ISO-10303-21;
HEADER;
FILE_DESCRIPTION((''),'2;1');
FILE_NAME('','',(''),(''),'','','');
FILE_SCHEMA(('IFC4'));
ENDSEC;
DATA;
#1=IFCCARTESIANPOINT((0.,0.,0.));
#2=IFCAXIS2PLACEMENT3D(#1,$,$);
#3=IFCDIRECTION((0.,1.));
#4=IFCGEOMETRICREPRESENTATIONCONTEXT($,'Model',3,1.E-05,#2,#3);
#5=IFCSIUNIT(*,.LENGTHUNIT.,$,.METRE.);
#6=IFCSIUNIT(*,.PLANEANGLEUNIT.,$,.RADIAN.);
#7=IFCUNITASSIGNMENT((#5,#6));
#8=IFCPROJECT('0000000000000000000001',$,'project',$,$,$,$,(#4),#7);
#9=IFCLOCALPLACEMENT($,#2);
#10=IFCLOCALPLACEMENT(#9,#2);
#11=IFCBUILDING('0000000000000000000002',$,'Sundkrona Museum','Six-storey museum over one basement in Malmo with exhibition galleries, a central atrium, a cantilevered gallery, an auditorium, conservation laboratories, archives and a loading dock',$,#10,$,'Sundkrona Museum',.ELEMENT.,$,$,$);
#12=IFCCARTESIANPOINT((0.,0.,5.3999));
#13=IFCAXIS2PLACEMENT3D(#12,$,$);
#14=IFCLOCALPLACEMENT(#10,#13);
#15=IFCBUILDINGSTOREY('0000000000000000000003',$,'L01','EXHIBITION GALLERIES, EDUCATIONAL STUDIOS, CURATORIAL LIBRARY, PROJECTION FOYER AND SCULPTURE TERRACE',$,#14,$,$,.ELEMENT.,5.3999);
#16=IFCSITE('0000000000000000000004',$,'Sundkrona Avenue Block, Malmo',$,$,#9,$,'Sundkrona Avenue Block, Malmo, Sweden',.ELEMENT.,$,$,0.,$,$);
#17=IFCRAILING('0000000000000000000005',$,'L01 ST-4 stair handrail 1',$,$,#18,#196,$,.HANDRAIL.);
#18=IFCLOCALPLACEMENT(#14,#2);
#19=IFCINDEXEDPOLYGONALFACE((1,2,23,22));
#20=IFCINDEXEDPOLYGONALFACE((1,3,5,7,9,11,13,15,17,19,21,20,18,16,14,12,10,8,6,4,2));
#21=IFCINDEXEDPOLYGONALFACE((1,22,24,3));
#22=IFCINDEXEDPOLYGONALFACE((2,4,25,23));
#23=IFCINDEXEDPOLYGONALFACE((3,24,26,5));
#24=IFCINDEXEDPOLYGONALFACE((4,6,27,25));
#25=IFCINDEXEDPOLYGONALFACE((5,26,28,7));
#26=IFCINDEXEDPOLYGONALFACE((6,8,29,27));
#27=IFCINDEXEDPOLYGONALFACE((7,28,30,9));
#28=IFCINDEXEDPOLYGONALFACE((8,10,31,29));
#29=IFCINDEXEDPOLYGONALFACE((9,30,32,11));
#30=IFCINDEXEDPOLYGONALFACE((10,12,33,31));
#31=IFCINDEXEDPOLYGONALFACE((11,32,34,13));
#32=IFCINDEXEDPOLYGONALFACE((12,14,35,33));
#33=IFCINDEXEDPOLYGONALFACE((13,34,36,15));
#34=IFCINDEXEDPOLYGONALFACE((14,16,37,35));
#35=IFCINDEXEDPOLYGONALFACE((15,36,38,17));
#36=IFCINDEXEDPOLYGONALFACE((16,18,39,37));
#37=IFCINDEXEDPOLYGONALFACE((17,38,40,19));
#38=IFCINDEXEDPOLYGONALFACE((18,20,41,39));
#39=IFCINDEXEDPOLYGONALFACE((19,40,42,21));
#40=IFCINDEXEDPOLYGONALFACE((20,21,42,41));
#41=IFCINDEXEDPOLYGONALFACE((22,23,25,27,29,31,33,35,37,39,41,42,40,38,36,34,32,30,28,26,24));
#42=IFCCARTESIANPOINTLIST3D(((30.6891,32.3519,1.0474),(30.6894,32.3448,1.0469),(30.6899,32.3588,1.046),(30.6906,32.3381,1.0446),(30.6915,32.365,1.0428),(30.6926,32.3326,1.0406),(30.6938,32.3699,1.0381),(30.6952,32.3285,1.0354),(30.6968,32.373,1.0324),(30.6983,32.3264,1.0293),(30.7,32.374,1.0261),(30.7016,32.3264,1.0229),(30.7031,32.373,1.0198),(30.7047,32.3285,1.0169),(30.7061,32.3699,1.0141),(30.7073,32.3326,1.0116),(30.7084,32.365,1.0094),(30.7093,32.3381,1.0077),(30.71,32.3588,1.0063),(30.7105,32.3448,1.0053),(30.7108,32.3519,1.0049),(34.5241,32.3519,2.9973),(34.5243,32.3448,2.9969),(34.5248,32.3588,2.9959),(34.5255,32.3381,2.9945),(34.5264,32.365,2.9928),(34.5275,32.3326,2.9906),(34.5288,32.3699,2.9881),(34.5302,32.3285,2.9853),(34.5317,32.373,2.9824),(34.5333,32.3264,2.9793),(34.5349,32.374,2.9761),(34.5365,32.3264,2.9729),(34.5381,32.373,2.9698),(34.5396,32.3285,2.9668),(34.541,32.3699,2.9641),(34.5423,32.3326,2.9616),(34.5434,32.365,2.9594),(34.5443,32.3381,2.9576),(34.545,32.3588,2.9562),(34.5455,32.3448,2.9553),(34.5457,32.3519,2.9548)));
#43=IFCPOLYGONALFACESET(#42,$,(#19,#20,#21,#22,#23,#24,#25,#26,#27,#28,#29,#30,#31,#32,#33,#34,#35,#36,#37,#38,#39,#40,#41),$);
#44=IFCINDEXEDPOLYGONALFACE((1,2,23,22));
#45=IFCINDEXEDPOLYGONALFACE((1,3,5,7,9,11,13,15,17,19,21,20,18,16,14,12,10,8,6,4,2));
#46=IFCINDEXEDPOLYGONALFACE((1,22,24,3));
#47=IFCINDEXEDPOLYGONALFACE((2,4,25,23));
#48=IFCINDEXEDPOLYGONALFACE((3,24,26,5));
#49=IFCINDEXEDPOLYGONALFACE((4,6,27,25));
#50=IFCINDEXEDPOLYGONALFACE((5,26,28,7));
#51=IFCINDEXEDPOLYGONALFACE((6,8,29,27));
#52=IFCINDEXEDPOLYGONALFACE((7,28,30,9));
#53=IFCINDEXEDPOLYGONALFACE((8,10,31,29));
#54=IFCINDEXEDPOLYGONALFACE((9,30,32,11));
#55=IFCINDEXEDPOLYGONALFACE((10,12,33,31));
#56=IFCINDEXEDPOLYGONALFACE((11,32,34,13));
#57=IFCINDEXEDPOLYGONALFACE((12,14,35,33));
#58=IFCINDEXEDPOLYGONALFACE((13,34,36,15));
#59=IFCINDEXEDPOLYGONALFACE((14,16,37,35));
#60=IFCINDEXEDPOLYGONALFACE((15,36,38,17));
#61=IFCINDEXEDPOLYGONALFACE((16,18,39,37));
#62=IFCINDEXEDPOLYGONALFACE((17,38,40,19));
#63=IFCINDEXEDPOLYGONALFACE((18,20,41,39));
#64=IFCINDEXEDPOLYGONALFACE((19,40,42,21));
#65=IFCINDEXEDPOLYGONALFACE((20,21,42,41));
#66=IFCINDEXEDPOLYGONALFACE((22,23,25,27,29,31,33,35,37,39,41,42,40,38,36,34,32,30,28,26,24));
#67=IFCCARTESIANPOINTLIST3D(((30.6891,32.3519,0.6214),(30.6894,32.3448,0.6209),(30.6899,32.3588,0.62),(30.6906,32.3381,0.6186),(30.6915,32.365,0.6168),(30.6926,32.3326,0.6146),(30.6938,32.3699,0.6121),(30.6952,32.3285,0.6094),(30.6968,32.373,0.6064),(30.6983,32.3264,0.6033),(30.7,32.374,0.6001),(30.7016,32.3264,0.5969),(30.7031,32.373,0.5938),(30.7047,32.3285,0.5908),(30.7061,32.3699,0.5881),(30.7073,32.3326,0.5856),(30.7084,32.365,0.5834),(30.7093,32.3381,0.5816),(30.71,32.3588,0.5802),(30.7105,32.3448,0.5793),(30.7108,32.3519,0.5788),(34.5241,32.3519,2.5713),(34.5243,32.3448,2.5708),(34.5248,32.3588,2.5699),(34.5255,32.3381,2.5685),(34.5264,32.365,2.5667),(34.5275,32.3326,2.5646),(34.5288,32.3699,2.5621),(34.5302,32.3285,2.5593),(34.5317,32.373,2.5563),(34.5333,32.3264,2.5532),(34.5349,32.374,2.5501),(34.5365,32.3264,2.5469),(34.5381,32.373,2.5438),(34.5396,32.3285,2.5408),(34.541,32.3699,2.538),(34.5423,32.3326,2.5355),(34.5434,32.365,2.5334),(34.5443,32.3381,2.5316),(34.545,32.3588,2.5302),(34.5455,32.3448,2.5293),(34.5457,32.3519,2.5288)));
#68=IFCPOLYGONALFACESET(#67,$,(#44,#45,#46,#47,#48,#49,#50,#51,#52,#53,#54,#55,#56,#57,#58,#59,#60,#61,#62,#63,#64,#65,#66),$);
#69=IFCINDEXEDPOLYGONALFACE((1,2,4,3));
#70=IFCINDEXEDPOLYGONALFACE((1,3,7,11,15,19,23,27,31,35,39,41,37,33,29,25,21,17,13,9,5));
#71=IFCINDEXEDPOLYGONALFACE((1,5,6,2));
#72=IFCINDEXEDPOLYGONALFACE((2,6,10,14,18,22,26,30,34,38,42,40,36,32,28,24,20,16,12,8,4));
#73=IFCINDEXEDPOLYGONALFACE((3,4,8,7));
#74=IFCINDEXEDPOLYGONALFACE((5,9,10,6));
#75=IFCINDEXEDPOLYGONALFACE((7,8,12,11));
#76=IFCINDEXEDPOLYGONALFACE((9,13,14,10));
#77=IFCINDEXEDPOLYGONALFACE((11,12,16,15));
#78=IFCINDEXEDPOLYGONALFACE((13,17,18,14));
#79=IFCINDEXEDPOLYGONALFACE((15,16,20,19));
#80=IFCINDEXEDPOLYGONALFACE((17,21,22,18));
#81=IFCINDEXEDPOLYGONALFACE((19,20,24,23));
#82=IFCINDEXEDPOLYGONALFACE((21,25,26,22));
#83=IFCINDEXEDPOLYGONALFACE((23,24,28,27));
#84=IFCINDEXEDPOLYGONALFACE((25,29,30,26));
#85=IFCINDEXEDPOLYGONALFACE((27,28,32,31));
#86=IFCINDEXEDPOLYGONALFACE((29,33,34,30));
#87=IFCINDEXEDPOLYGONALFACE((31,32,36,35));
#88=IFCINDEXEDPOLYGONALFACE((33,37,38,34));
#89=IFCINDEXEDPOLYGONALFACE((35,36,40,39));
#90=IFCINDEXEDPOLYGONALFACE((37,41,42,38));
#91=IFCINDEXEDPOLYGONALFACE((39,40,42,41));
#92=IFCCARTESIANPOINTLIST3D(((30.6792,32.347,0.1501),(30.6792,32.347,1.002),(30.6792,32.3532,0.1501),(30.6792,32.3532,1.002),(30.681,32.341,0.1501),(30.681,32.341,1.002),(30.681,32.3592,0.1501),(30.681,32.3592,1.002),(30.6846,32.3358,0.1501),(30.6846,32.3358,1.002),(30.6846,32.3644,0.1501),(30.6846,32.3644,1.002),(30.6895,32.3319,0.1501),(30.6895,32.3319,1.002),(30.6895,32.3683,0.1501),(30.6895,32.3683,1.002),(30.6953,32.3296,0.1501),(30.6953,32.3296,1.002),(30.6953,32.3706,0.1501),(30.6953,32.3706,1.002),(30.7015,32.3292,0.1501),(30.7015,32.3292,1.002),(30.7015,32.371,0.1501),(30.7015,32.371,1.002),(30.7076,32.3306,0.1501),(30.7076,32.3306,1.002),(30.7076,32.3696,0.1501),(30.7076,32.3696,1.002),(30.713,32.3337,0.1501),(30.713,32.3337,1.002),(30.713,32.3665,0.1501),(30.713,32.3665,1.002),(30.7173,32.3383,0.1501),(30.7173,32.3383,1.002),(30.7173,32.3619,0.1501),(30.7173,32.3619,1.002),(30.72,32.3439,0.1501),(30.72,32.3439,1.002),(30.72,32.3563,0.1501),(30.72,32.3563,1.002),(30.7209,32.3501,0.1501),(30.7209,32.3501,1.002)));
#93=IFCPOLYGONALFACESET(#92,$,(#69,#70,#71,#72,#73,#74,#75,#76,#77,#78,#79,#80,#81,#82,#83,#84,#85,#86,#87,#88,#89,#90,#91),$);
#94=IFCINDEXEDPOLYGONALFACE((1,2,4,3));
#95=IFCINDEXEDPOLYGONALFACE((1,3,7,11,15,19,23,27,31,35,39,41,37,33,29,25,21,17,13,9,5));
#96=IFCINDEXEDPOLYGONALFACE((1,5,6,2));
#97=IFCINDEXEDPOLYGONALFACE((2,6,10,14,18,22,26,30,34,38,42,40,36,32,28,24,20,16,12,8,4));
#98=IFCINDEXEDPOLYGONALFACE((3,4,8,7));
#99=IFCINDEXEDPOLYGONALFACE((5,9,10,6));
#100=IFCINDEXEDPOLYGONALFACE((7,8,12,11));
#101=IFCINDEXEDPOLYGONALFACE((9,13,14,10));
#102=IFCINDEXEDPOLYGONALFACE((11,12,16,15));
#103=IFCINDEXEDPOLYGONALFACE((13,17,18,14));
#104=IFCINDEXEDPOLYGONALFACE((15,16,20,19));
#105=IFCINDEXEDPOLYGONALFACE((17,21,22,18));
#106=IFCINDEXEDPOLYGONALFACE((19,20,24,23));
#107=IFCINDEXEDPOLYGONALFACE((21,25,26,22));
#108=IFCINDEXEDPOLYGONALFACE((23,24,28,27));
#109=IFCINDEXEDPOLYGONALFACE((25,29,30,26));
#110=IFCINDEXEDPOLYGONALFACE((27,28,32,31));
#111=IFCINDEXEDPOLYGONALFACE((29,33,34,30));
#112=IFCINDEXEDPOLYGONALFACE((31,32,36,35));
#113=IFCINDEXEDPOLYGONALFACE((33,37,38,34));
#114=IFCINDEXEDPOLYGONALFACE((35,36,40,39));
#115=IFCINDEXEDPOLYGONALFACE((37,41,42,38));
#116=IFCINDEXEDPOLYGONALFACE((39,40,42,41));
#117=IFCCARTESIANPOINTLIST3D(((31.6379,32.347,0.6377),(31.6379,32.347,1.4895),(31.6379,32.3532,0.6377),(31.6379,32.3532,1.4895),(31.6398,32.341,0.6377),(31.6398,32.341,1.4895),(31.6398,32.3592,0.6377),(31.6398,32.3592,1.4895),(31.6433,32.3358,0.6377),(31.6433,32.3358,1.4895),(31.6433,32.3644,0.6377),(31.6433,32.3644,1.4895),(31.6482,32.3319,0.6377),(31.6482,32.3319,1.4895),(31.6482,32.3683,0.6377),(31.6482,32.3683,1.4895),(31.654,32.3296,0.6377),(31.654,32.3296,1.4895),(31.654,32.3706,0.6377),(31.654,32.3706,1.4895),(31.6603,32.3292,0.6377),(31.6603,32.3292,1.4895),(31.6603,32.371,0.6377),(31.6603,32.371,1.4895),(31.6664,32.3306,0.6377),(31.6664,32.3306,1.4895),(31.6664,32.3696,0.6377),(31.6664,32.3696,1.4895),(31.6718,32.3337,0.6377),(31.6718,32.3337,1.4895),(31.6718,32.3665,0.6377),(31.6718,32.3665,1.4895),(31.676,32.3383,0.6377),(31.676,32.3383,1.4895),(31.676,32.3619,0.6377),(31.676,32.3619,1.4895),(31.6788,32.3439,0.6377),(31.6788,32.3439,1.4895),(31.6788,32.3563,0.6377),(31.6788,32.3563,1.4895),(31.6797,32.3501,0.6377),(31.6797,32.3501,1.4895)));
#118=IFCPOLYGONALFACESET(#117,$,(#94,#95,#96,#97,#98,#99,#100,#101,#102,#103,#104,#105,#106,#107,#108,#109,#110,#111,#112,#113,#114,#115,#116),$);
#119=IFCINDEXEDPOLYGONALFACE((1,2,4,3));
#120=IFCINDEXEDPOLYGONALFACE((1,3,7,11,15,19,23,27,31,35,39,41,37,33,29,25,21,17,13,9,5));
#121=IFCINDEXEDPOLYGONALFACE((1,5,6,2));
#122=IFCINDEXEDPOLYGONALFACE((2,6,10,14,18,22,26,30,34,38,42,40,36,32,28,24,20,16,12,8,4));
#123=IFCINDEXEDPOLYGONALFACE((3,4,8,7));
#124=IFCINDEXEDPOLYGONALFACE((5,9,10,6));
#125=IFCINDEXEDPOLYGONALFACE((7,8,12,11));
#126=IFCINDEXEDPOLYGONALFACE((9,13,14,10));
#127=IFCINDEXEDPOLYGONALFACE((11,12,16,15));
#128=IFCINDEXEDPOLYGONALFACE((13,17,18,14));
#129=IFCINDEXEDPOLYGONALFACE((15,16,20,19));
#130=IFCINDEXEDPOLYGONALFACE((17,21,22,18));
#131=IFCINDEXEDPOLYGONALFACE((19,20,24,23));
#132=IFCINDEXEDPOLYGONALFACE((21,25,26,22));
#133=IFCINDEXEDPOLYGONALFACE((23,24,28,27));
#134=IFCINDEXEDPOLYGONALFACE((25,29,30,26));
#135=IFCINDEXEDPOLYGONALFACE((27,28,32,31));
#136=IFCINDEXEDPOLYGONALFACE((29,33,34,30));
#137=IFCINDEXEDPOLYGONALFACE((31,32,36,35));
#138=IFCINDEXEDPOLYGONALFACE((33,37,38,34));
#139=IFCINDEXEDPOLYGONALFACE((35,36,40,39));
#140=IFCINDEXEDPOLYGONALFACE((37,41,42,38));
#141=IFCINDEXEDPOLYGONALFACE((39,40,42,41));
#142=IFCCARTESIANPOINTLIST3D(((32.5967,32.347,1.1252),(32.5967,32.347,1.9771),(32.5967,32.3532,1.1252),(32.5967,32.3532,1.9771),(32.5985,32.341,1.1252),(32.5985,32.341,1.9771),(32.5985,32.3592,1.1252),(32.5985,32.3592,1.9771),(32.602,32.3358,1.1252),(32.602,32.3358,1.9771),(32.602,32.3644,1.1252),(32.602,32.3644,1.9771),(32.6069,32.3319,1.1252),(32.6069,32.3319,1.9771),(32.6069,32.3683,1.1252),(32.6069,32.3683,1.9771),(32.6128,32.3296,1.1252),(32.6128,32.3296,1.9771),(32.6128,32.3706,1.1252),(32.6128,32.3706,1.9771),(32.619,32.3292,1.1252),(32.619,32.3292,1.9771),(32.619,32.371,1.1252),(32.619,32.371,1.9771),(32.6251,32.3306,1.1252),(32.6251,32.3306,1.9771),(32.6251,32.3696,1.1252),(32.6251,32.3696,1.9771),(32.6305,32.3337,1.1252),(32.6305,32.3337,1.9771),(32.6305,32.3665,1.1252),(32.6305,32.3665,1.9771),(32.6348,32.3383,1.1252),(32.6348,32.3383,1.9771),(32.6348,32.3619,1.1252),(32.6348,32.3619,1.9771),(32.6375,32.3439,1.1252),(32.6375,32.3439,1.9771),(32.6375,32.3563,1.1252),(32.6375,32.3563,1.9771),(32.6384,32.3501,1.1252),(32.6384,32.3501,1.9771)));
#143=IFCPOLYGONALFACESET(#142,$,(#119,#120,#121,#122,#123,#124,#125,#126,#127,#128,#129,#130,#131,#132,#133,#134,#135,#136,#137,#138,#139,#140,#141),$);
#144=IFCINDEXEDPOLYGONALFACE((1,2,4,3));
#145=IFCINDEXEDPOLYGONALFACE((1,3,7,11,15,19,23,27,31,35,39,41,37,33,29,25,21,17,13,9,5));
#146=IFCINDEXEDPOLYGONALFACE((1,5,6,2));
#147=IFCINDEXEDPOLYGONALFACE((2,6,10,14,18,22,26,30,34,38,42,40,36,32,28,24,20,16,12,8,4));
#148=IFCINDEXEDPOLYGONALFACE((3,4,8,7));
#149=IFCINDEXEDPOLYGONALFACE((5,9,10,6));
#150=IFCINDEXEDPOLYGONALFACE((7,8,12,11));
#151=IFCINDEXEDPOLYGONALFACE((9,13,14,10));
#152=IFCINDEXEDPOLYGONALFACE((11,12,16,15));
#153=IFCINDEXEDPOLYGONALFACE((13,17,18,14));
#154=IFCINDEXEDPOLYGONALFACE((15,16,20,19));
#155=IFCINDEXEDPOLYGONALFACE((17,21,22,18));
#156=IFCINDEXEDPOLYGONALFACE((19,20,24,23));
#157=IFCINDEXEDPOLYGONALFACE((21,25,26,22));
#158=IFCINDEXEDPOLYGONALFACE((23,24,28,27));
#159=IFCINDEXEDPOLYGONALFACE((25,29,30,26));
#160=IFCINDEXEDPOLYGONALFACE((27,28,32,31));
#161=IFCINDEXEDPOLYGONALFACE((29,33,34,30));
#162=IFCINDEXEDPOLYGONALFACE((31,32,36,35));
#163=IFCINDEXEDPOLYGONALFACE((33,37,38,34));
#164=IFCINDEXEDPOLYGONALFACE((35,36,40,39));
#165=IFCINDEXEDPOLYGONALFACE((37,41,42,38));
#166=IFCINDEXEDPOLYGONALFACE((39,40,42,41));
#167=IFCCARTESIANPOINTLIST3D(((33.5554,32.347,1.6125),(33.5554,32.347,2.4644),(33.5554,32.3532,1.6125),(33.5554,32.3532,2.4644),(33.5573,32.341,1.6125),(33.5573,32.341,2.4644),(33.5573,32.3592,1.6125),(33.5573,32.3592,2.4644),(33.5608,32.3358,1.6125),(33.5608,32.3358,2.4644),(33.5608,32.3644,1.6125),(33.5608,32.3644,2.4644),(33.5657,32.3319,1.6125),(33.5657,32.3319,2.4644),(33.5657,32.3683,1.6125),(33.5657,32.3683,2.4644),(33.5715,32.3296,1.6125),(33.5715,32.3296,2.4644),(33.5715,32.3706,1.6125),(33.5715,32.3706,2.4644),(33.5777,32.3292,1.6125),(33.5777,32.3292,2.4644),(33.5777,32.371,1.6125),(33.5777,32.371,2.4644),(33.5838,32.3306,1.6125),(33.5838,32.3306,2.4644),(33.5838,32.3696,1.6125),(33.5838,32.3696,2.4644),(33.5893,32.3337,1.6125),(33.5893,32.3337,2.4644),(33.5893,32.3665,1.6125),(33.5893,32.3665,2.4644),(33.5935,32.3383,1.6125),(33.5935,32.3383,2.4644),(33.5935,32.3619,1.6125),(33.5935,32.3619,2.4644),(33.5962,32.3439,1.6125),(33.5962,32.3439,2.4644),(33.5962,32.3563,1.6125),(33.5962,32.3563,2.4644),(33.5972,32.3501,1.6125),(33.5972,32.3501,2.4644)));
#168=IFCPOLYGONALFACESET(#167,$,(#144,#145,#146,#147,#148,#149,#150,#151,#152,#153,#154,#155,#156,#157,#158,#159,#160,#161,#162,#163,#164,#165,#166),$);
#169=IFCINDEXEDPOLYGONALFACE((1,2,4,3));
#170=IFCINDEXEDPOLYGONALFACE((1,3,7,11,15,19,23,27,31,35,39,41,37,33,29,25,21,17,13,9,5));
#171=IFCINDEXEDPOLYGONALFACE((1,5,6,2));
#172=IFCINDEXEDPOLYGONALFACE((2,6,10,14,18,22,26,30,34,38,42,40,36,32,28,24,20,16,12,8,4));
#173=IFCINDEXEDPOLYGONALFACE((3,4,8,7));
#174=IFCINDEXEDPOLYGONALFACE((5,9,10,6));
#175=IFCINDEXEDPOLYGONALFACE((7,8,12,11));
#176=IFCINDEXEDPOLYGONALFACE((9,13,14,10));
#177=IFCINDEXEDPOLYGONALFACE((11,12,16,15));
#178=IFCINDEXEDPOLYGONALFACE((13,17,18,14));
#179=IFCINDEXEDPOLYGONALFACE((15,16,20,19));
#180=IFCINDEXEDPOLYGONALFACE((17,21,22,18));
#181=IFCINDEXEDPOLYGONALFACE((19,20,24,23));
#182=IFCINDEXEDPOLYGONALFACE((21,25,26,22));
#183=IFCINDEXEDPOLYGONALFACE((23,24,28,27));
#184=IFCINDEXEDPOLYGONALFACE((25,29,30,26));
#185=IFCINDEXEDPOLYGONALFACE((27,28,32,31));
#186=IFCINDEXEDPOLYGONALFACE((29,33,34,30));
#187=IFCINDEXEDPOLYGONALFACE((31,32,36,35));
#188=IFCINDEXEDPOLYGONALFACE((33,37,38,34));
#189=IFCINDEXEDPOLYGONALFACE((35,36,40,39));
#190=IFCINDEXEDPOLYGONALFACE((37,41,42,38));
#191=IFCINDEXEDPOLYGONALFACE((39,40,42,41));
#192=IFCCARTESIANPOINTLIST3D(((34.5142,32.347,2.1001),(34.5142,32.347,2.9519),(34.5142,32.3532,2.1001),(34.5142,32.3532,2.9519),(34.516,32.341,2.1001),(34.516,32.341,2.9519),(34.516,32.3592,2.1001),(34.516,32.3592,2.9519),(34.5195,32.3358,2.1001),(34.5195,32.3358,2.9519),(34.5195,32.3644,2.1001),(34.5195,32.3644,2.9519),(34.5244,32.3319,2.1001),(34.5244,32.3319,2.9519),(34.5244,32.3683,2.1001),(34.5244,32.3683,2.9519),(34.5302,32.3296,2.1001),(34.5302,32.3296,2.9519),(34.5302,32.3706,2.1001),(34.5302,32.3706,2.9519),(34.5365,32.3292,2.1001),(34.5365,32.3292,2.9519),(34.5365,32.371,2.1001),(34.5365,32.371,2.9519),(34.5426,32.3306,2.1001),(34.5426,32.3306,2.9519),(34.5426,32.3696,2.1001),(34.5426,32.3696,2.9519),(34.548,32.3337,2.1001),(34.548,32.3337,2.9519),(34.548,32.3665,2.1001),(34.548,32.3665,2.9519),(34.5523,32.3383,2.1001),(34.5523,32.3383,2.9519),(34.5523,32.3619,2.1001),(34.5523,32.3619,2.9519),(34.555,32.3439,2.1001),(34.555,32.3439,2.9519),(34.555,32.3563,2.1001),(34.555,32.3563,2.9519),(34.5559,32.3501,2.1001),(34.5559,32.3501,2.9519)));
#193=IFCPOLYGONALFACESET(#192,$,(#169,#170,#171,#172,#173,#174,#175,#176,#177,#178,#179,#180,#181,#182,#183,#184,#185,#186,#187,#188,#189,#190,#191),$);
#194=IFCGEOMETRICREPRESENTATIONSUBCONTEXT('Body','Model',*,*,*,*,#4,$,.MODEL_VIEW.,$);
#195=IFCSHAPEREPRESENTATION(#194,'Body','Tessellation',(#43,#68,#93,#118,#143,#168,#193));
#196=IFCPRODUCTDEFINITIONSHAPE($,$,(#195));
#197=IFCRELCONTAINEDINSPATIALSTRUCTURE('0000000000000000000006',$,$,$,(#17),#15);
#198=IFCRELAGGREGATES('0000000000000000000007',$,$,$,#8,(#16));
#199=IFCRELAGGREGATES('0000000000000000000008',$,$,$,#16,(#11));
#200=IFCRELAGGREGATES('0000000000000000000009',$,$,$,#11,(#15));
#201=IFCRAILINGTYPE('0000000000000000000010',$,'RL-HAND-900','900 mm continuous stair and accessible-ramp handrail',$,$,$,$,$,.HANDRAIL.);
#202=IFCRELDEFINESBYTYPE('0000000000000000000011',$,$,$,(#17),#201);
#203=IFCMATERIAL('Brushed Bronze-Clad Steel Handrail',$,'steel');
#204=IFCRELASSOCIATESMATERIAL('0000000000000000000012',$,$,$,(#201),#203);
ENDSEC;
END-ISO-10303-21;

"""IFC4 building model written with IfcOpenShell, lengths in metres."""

from ifc_helpers import new_model, si_unit, direction, frame, origin, origin_2d, place, context, subcontext, project, spatial, circle, extrude, material, type_object, element, save


model = new_model("IFC4")

# Units and contexts
model_context = context("Model", 3, precision=1e-05, world=origin(), true_north=direction((0.0, 1.0)))
body_context = subcontext(model_context, "Body", "Model", "MODEL_VIEW")
ifc_project = project(units=[si_unit("LENGTHUNIT", "METRE"), si_unit("PLANEANGLEUNIT", "RADIAN")], contexts=[model_context])

# Site, building, storey
site_placement = place(None, origin())
site = spatial("IfcSite", under=ifc_project, at=site_placement, Name="Sundkrona Avenue Block, Malmo", LongName="Sundkrona Avenue Block, Malmo, Sweden", CompositionType="ELEMENT", RefElevation=0.0)
building_placement = place(site_placement, origin())
building = spatial("IfcBuilding", under=site, at=building_placement, Name="Sundkrona Museum", Description="Six-storey museum over one basement in Malmo with exhibition galleries, a central atrium, a cantilevered gallery, an auditorium, conservation laboratories, archives and a loading dock", LongName="Sundkrona Museum", CompositionType="ELEMENT")
storey_placement = place(building_placement, frame((0.0, 0.0, 5.3999)))
storey = spatial("IfcBuildingStorey", under=building, at=storey_placement, Name="L01", Description="EXHIBITION GALLERIES, EDUCATIONAL STUDIOS, CURATORIAL LIBRARY, PROJECTION FOYER AND SCULPTURE TERRACE", CompositionType="ELEMENT", Elevation=5.3999)

# Railing
ifc_material_1 = material(Name="Brushed Bronze-Clad Steel Handrail", Category="steel")
railing_type_1 = type_object("IfcRailingType", Name="RL-HAND-900", Description="900 mm continuous stair and accessible-ramp handrail", PredefinedType="HANDRAIL", material=ifc_material_1)
railing_1_placement = place(storey_placement, frame((30.7, 32.3501, 0.1501)))
element("IfcRailing", 1, at=railing_1_placement, inside=storey, type_object=railing_type_1, Name="L01 ST-4 stair handrail 1", PredefinedType="HANDRAIL", context=body_context, shape_type="SweptSolid", body=[
    extrude(circle(Radius=0.0239, at=origin_2d()), frame((0.0, 0.0, 0.876), z_axis=(0.891388, 0.0, 0.453241), x_axis=(0.0, 1.0, 0.0)), (0.0, 0.0, 1.0), 4.3022),
    extrude(circle(Radius=0.0239, at=origin_2d()), frame((0.0, 0.0, 0.45), z_axis=(0.891388, 0.0, 0.453241), x_axis=(0.0, 1.0, 0.0)), (0.0, 0.0, 1.0), 4.3022),
    extrude(circle(Radius=0.021, at=origin_2d()), origin(), (0.0, 0.0, 1.0), 0.8518),
    extrude(circle(Radius=0.021, at=origin_2d()), frame((0.9587, 0.0, 0.4875)), (0.0, 0.0, 1.0), 0.8518),
    extrude(circle(Radius=0.021, at=origin_2d()), frame((1.9175, 0.0, 0.9751)), (0.0, 0.0, 1.0), 0.8518),
    extrude(circle(Radius=0.021, at=origin_2d()), frame((2.8762, 0.0, 1.4624)), (0.0, 0.0, 1.0), 0.8518),
    extrude(circle(Radius=0.021, at=origin_2d()), frame((3.835, 0.0, 1.95)), (0.0, 0.0, 1.0), 0.8518),
])

save(model, "model.ifc")
